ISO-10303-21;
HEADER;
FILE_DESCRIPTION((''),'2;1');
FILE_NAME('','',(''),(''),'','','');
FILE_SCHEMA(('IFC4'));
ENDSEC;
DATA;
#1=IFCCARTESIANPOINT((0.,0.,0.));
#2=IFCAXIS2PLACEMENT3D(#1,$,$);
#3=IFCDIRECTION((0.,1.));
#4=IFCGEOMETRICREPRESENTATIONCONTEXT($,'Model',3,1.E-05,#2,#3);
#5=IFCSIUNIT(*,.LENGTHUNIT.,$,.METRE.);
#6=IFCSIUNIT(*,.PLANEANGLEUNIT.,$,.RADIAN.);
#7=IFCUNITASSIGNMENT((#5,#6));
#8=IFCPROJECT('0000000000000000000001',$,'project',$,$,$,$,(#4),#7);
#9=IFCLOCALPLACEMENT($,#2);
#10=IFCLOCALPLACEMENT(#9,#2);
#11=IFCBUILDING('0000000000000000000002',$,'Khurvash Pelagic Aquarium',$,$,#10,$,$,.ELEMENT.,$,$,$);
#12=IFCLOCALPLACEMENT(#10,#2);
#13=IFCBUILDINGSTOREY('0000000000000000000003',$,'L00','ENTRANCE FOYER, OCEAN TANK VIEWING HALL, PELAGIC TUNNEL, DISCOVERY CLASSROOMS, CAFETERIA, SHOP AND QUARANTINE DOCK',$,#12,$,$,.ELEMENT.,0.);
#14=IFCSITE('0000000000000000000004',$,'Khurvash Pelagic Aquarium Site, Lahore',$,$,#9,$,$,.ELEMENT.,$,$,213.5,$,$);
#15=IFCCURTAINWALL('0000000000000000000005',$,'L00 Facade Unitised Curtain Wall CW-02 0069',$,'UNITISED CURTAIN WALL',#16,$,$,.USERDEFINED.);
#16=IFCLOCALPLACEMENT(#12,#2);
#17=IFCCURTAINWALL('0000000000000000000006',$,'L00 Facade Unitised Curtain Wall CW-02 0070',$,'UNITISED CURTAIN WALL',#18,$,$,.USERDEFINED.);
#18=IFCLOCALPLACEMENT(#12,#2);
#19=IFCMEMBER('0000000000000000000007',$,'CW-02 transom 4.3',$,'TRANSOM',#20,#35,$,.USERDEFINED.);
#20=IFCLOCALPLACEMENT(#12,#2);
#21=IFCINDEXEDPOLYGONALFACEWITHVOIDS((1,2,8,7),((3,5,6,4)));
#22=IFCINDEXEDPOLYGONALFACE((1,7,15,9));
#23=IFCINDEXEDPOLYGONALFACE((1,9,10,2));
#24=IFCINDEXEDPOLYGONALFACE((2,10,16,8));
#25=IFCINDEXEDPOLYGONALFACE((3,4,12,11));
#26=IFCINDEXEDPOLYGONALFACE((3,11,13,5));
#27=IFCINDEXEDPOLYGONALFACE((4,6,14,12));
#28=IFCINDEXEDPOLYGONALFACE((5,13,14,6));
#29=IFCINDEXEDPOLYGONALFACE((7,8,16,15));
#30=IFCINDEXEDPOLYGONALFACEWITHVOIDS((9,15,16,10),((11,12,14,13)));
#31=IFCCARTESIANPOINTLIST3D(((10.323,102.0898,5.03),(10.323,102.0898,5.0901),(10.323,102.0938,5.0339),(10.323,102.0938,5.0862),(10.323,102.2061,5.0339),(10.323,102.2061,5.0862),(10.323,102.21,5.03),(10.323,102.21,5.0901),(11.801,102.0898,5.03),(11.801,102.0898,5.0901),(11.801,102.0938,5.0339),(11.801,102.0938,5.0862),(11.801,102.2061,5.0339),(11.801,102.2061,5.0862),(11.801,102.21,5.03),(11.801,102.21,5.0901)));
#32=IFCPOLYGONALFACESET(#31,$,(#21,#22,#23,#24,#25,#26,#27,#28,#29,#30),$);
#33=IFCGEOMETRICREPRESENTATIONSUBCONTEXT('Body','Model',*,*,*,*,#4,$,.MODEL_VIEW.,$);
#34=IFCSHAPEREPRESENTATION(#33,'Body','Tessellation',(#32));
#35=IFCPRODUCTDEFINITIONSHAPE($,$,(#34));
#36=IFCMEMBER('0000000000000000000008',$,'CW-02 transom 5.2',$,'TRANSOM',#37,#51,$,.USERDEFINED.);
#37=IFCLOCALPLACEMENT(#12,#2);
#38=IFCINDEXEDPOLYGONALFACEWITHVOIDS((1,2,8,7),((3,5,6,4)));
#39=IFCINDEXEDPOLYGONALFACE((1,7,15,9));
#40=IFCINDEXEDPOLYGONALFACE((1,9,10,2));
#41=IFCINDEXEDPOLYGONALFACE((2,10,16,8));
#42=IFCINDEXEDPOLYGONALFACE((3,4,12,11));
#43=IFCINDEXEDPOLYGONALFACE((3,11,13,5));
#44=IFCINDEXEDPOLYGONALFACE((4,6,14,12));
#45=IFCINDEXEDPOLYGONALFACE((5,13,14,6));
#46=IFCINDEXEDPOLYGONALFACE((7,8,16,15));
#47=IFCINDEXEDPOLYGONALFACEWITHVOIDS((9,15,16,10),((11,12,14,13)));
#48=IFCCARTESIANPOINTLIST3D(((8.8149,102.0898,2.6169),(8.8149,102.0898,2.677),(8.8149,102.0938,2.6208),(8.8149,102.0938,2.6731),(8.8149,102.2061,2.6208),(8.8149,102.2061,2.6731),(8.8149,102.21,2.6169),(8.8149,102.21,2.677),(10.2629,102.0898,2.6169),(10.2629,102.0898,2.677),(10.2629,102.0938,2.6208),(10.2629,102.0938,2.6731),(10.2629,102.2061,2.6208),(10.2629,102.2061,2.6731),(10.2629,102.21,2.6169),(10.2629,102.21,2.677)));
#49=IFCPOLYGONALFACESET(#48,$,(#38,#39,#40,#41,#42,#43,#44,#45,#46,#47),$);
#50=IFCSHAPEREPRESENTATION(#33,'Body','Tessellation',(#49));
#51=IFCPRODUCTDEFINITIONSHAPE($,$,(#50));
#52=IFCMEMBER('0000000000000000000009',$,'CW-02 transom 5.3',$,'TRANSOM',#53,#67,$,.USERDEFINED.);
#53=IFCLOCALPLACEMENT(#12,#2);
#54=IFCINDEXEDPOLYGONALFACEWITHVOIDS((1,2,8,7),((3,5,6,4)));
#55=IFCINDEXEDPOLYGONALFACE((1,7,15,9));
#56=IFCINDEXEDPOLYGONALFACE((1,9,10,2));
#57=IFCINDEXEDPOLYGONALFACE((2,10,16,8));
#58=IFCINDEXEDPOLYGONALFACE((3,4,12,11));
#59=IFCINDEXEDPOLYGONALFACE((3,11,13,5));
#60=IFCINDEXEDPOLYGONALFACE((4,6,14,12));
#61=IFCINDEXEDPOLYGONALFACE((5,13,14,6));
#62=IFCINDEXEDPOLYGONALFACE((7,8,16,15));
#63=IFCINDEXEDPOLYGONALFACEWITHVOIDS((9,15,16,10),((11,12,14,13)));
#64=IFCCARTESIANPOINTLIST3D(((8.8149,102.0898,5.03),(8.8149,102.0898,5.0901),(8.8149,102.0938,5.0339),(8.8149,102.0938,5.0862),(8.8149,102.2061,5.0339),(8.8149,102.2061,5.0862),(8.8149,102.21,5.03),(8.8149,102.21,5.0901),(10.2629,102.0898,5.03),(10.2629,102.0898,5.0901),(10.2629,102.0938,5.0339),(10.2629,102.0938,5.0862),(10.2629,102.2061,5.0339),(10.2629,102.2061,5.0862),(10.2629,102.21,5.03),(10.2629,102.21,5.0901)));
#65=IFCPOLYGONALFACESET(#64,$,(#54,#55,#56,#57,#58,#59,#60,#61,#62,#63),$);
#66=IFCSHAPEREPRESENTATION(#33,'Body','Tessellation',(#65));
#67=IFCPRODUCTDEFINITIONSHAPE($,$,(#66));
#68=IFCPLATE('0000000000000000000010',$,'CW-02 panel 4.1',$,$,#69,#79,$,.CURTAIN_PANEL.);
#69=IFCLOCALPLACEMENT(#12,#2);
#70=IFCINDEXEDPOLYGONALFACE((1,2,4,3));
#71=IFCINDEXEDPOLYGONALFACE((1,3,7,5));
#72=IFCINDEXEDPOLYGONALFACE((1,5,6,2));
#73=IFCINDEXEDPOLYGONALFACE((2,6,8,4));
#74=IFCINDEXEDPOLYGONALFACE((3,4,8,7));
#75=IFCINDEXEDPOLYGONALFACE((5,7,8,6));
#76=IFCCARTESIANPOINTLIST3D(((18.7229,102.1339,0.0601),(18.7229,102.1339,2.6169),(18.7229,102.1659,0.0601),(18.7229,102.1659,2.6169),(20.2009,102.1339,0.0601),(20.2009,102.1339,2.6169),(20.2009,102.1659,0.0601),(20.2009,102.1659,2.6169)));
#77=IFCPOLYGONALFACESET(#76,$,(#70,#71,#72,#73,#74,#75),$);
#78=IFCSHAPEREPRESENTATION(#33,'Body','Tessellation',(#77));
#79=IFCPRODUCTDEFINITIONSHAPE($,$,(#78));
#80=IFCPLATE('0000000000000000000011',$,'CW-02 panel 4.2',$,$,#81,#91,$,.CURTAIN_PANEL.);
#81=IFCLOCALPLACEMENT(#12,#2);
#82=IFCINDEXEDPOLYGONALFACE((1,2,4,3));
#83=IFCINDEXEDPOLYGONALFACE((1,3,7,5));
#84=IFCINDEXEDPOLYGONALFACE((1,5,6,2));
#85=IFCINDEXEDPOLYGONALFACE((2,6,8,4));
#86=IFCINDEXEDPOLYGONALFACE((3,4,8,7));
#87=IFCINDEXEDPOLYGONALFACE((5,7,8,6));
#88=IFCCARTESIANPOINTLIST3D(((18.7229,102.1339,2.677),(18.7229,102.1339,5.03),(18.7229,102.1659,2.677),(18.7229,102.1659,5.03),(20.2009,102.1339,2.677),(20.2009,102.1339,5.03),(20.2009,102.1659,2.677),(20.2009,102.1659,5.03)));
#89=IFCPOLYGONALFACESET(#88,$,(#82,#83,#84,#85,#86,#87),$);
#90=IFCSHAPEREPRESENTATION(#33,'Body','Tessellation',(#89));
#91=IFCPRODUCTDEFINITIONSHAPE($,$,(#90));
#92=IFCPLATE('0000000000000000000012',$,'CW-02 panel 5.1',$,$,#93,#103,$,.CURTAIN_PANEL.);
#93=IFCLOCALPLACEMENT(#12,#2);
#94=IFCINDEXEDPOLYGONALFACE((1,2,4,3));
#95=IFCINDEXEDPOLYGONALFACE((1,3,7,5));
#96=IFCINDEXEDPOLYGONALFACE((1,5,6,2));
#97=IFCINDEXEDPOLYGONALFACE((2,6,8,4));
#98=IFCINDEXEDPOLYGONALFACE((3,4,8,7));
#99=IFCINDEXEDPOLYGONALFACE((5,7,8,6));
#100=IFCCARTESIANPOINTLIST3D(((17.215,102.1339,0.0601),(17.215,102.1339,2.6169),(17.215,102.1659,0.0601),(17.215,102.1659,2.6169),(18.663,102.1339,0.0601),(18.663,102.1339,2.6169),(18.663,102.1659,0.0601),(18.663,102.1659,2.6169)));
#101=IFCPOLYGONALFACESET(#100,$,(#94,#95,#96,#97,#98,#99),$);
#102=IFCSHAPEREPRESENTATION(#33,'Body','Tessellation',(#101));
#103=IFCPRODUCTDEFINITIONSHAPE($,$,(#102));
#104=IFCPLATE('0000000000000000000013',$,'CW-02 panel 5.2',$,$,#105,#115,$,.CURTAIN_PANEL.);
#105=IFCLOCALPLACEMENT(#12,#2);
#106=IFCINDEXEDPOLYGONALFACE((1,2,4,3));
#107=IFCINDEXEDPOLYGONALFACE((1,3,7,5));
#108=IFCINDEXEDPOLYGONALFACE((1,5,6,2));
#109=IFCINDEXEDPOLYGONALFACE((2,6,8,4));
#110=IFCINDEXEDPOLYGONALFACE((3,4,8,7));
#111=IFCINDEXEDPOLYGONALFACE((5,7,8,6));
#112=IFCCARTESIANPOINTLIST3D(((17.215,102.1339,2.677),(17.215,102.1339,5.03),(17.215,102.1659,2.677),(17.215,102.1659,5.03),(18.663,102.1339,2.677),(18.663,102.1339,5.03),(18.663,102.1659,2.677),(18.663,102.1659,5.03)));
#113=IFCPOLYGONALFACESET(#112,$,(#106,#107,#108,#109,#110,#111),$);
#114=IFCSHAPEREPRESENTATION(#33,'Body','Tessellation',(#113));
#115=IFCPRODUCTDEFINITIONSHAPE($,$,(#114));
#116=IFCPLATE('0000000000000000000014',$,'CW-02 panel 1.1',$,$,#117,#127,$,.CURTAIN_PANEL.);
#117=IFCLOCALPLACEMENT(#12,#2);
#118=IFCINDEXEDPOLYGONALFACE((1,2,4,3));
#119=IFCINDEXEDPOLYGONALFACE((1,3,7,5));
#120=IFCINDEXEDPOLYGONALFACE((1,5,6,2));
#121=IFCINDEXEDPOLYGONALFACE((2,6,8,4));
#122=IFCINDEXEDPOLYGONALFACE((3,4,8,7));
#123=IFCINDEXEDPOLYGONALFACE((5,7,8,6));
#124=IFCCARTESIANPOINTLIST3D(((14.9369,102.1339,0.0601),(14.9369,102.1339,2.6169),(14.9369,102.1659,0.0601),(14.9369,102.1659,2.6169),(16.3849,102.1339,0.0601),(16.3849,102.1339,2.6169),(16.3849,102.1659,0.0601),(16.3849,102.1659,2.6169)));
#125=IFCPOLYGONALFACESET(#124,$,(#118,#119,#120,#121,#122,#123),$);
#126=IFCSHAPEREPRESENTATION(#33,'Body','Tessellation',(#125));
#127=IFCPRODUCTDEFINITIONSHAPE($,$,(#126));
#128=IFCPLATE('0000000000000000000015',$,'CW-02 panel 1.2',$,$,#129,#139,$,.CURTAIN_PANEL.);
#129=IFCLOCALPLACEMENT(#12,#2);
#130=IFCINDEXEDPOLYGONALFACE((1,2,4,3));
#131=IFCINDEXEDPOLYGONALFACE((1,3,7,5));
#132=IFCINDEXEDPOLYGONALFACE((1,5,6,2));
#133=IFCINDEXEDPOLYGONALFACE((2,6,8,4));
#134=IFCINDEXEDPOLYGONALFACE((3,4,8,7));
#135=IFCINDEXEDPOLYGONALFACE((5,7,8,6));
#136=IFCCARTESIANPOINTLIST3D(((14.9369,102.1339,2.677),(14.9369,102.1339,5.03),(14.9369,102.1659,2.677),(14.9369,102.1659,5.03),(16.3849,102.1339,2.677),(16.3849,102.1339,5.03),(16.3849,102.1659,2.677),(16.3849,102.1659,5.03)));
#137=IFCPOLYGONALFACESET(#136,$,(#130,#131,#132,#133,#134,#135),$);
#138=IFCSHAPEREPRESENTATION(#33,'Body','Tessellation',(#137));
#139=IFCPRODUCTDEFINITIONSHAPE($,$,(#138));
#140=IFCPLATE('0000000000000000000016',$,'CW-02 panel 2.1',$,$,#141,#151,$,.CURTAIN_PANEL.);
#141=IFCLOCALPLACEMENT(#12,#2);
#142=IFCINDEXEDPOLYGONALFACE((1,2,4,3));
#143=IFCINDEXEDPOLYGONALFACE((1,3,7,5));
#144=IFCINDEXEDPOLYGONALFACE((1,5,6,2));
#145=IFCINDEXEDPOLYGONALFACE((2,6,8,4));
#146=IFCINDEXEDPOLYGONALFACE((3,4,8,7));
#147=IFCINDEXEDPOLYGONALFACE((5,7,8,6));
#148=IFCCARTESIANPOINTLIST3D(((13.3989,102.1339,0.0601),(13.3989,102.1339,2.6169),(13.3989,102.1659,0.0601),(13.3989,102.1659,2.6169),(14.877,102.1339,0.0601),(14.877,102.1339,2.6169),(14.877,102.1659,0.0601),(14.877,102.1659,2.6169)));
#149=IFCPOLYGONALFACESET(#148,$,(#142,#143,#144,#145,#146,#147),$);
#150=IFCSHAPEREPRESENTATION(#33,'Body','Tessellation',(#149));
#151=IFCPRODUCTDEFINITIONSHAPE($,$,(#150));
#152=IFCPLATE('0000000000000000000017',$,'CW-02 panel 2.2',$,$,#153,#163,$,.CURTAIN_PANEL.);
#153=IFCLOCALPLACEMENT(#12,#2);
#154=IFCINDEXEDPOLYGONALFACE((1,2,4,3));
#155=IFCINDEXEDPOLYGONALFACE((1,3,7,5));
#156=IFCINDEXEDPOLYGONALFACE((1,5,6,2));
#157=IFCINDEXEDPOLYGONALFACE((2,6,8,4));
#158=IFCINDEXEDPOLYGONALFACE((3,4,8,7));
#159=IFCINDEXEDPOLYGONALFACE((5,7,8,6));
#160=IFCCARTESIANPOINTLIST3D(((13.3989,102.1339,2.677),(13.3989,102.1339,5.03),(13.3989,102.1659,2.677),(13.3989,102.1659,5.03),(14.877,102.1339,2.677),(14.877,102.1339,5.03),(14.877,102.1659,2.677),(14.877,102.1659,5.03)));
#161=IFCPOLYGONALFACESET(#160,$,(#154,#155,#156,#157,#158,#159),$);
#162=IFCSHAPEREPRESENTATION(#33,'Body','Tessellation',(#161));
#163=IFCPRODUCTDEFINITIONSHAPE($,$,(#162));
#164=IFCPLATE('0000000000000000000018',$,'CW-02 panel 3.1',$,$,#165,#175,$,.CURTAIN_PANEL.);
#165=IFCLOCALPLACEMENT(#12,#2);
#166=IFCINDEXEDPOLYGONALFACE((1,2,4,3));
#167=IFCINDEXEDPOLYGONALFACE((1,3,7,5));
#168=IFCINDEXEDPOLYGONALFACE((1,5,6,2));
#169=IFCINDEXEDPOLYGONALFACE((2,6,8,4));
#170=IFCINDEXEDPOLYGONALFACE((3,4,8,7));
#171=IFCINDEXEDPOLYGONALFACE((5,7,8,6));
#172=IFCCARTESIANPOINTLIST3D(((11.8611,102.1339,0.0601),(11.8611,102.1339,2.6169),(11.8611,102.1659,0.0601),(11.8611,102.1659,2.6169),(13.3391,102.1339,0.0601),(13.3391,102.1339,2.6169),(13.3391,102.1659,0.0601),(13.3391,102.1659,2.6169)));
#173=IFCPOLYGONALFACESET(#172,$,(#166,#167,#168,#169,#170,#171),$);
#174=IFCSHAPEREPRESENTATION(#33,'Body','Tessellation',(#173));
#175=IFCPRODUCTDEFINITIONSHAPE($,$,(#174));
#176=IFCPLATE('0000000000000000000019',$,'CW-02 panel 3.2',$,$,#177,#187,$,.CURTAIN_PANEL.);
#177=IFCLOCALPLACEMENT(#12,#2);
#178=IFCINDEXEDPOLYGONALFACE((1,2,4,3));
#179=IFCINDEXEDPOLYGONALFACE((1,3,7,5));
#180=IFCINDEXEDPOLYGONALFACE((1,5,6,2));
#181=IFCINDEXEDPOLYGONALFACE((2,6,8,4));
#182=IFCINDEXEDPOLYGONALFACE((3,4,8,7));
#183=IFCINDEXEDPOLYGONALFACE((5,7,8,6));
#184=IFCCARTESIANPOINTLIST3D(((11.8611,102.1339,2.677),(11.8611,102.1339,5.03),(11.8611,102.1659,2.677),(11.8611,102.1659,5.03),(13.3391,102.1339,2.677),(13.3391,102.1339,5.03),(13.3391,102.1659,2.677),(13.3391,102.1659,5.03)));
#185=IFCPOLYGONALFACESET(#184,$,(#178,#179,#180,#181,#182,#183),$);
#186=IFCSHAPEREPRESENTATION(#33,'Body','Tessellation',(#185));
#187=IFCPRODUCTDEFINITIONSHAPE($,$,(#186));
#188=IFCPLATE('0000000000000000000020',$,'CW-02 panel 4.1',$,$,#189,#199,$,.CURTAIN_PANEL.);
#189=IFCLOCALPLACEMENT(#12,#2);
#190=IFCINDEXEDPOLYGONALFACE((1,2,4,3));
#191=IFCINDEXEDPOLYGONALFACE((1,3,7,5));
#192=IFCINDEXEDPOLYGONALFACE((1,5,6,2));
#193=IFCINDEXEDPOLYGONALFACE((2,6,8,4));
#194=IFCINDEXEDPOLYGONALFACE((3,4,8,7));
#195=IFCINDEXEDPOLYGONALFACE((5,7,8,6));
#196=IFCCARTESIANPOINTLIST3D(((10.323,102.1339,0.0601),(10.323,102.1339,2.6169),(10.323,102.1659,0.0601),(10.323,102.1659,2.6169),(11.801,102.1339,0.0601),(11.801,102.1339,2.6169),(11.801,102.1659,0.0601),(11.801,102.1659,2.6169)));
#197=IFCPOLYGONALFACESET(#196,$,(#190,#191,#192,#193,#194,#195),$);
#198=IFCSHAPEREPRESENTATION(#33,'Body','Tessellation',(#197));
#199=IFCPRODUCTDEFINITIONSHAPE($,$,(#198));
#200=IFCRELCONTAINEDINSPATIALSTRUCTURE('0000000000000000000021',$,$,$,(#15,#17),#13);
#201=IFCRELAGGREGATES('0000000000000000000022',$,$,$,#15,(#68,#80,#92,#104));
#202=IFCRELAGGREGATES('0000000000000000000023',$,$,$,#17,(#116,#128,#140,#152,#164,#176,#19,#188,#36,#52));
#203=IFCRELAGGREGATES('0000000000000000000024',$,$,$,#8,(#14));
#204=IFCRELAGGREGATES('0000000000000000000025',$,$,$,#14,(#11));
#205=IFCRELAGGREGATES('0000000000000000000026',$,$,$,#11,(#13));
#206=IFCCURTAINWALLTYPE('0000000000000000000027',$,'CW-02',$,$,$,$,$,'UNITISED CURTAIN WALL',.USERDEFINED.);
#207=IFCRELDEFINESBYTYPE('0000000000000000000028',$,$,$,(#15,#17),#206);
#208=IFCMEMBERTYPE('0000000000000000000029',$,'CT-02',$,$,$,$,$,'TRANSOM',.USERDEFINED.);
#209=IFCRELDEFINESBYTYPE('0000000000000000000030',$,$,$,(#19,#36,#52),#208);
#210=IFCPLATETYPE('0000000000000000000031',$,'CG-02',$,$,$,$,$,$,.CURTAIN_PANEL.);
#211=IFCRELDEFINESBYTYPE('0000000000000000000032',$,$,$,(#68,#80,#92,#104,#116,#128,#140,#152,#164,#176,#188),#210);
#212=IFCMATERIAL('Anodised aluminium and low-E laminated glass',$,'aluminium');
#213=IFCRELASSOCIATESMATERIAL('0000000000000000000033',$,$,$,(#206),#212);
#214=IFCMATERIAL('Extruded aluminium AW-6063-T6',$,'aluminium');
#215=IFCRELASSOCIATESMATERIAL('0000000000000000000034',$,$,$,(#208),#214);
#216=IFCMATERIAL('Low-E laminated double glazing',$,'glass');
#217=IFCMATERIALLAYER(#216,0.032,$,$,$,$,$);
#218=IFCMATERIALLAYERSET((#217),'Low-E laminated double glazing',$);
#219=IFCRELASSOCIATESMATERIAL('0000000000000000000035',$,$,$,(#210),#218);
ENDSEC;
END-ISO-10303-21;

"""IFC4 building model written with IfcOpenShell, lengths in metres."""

from ifc_helpers import new_model, si_unit, direction, frame, origin, origin_2d, place, context, subcontext, project, spatial, rectangle, hollow_rectangle, extrude, material, layer, layer_set, material_profile, profile_set, type_object, element, aggregate, save


model = new_model("IFC4")

# Units and contexts
model_context = context("Model", 3, precision=1e-05, world=origin(), true_north=direction((0.0, 1.0)))
body_context = subcontext(model_context, "Body", "Model", "MODEL_VIEW")
ifc_project = project(units=[si_unit("LENGTHUNIT", "METRE"), si_unit("PLANEANGLEUNIT", "RADIAN")], contexts=[model_context])

# Site, building, storey
site_placement = place(None, origin())
site = spatial("IfcSite", under=ifc_project, at=site_placement, Name="Khurvash Pelagic Aquarium Site, Lahore", CompositionType="ELEMENT", RefElevation=213.5)
building_placement = place(site_placement, origin())
building = spatial("IfcBuilding", under=site, at=building_placement, Name="Khurvash Pelagic Aquarium", CompositionType="ELEMENT")
storey_placement = place(building_placement, origin())
storey = spatial("IfcBuildingStorey", under=building, at=storey_placement, Name="L00", Description="ENTRANCE FOYER, OCEAN TANK VIEWING HALL, PELAGIC TUNNEL, DISCOVERY CLASSROOMS, CAFETERIA, SHOP AND QUARANTINE DOCK", CompositionType="ELEMENT", Elevation=0.0)

# Curtain walls
ifc_material_1 = material(Name="Anodised aluminium and low-E laminated glass", Category="aluminium")
curtain_wall_type = type_object("IfcCurtainWallType", Name="CW-02", ElementType="UNITISED CURTAIN WALL", PredefinedType="USERDEFINED", material=ifc_material_1)
curtain_wall_1_placement = place(storey_placement, origin())
curtain_wall_1 = element("IfcCurtainWall", 1, at=curtain_wall_1_placement, inside=storey, type_object=curtain_wall_type, Name="L00 Facade Unitised Curtain Wall CW-02 0069", ObjectType="UNITISED CURTAIN WALL", PredefinedType="USERDEFINED")
ifc_material_2 = material(Name="Extruded aluminium AW-6063-T6", Category="aluminium")
curtain_wall_2_placement = place(storey_placement, origin())
curtain_wall_2 = element("IfcCurtainWall", 2, at=curtain_wall_2_placement, inside=storey, type_object=curtain_wall_type, Name="L00 Facade Unitised Curtain Wall CW-02 0070", ObjectType="UNITISED CURTAIN WALL", PredefinedType="USERDEFINED")

# Members
ifc_material_profile_1 = material_profile(ifc_material_2, hollow_rectangle(XDim=0.1201, YDim=0.0601, WallThickness=0.0039, at=origin_2d()), Name="CWT120X60X4")
ifc_profile_set_1 = profile_set([ifc_material_profile_1], Name="Extruded aluminium AW-6063-T6")
member_type_1 = type_object("IfcMemberType", Name="CT-02", ElementType="TRANSOM", PredefinedType="USERDEFINED", material=ifc_profile_set_1)
member_1_placement = place(storey_placement, frame((11.801, 102.1499, 5.0601), z_axis=(-1.0, 0.0, 0.0), x_axis=(0.0, -1.0, 0.0)))
member_1 = element("IfcMember", 3, at=member_1_placement, type_object=member_type_1, Name="CW-02 transom 4.3", ObjectType="TRANSOM", PredefinedType="USERDEFINED", context=body_context, shape_type="SweptSolid", body=[
    extrude(hollow_rectangle(XDim=0.1201, YDim=0.0601, WallThickness=0.0039, at=origin_2d()), origin(), (0.0, 0.0, 1.0), 1.478),
])
member_2_placement = place(storey_placement, frame((10.2629, 102.1499, 2.647), z_axis=(-1.0, 0.0, 0.0), x_axis=(0.0, -1.0, 0.0)))
member_2 = element("IfcMember", 4, at=member_2_placement, type_object=member_type_1, Name="CW-02 transom 5.2", ObjectType="TRANSOM", PredefinedType="USERDEFINED", context=body_context, shape_type="SweptSolid", body=[
    extrude(hollow_rectangle(XDim=0.1201, YDim=0.0601, WallThickness=0.0039, at=origin_2d()), origin(), (0.0, 0.0, 1.0), 1.448),
])
member_3_placement = place(storey_placement, frame((10.2629, 102.1499, 5.0601), z_axis=(-1.0, 0.0, 0.0), x_axis=(0.0, -1.0, 0.0)))
member_3 = element("IfcMember", 5, at=member_3_placement, type_object=member_type_1, Name="CW-02 transom 5.3", ObjectType="TRANSOM", PredefinedType="USERDEFINED", context=body_context, shape_type="SweptSolid", body=[
    extrude(hollow_rectangle(XDim=0.1201, YDim=0.0601, WallThickness=0.0039, at=origin_2d()), origin(), (0.0, 0.0, 1.0), 1.448),
])

# Plates
ifc_material_3 = material(Name="Low-E laminated double glazing", Category="glass")
ifc_layer = layer(ifc_material_3, 0.032)
ifc_layer_set = layer_set([ifc_layer], Name="Low-E laminated double glazing")
plate_type = type_object("IfcPlateType", Name="CG-02", PredefinedType="CURTAIN_PANEL", material=ifc_layer_set)
plate_1_placement = place(storey_placement, frame((19.4619, 102.1499, 0.0601), z_axis=(0.0, 0.0, 1.0), x_axis=(-1.0, 0.0, 0.0)))
plate_1 = element("IfcPlate", 6, at=plate_1_placement, type_object=plate_type, Name="CW-02 panel 4.1", PredefinedType="CURTAIN_PANEL", context=body_context, shape_type="SweptSolid", body=[
    extrude(rectangle(XDim=1.478, YDim=0.032, at=origin_2d()), origin(), (0.0, 0.0, 1.0), 2.5569),
])
plate_2_placement = place(storey_placement, frame((19.4619, 102.1499, 2.677), z_axis=(0.0, 0.0, 1.0), x_axis=(-1.0, 0.0, 0.0)))
plate_2 = element("IfcPlate", 7, at=plate_2_placement, type_object=plate_type, Name="CW-02 panel 4.2", PredefinedType="CURTAIN_PANEL", context=body_context, shape_type="SweptSolid", body=[
    extrude(rectangle(XDim=1.478, YDim=0.032, at=origin_2d()), origin(), (0.0, 0.0, 1.0), 2.353),
])
plate_3_placement = place(storey_placement, frame((17.939, 102.1499, 0.0601), z_axis=(0.0, 0.0, 1.0), x_axis=(-1.0, 0.0, 0.0)))
plate_3 = element("IfcPlate", 8, at=plate_3_placement, type_object=plate_type, Name="CW-02 panel 5.1", PredefinedType="CURTAIN_PANEL", context=body_context, shape_type="SweptSolid", body=[
    extrude(rectangle(XDim=1.448, YDim=0.032, at=origin_2d()), origin(), (0.0, 0.0, 1.0), 2.5569),
])
plate_4_placement = place(storey_placement, frame((17.939, 102.1499, 2.677), z_axis=(0.0, 0.0, 1.0), x_axis=(-1.0, 0.0, 0.0)))
plate_4 = element("IfcPlate", 9, at=plate_4_placement, type_object=plate_type, Name="CW-02 panel 5.2", PredefinedType="CURTAIN_PANEL", context=body_context, shape_type="SweptSolid", body=[
    extrude(rectangle(XDim=1.448, YDim=0.032, at=origin_2d()), origin(), (0.0, 0.0, 1.0), 2.353),
])
aggregate(curtain_wall_1, [plate_1, plate_2, plate_3, plate_4])
plate_5_placement = place(storey_placement, frame((15.6609, 102.1499, 0.0601), z_axis=(0.0, 0.0, 1.0), x_axis=(-1.0, 0.0, 0.0)))
plate_5 = element("IfcPlate", 10, at=plate_5_placement, type_object=plate_type, Name="CW-02 panel 1.1", PredefinedType="CURTAIN_PANEL", context=body_context, shape_type="SweptSolid", body=[
    extrude(rectangle(XDim=1.448, YDim=0.032, at=origin_2d()), origin(), (0.0, 0.0, 1.0), 2.5569),
])
plate_6_placement = place(storey_placement, frame((15.6609, 102.1499, 2.677), z_axis=(0.0, 0.0, 1.0), x_axis=(-1.0, 0.0, 0.0)))
plate_6 = element("IfcPlate", 11, at=plate_6_placement, type_object=plate_type, Name="CW-02 panel 1.2", PredefinedType="CURTAIN_PANEL", context=body_context, shape_type="SweptSolid", body=[
    extrude(rectangle(XDim=1.448, YDim=0.032, at=origin_2d()), origin(), (0.0, 0.0, 1.0), 2.353),
])
plate_7_placement = place(storey_placement, frame((14.1379, 102.1499, 0.0601), z_axis=(0.0, 0.0, 1.0), x_axis=(-1.0, 0.0, 0.0)))
plate_7 = element("IfcPlate", 12, at=plate_7_placement, type_object=plate_type, Name="CW-02 panel 2.1", PredefinedType="CURTAIN_PANEL", context=body_context, shape_type="SweptSolid", body=[
    extrude(rectangle(XDim=1.478, YDim=0.032, at=origin_2d()), origin(), (0.0, 0.0, 1.0), 2.5569),
])
plate_8_placement = place(storey_placement, frame((14.1379, 102.1499, 2.677), z_axis=(0.0, 0.0, 1.0), x_axis=(-1.0, 0.0, 0.0)))
plate_8 = element("IfcPlate", 13, at=plate_8_placement, type_object=plate_type, Name="CW-02 panel 2.2", PredefinedType="CURTAIN_PANEL", context=body_context, shape_type="SweptSolid", body=[
    extrude(rectangle(XDim=1.478, YDim=0.032, at=origin_2d()), origin(), (0.0, 0.0, 1.0), 2.353),
])
plate_9_placement = place(storey_placement, frame((12.6001, 102.1499, 0.0601), z_axis=(0.0, 0.0, 1.0), x_axis=(-1.0, 0.0, 0.0)))
plate_9 = element("IfcPlate", 14, at=plate_9_placement, type_object=plate_type, Name="CW-02 panel 3.1", PredefinedType="CURTAIN_PANEL", context=body_context, shape_type="SweptSolid", body=[
    extrude(rectangle(XDim=1.478, YDim=0.032, at=origin_2d()), origin(), (0.0, 0.0, 1.0), 2.5569),
])
plate_10_placement = place(storey_placement, frame((12.6001, 102.1499, 2.677), z_axis=(0.0, 0.0, 1.0), x_axis=(-1.0, 0.0, 0.0)))
plate_10 = element("IfcPlate", 15, at=plate_10_placement, type_object=plate_type, Name="CW-02 panel 3.2", PredefinedType="CURTAIN_PANEL", context=body_context, shape_type="SweptSolid", body=[
    extrude(rectangle(XDim=1.478, YDim=0.032, at=origin_2d()), origin(), (0.0, 0.0, 1.0), 2.353),
])
plate_11_placement = place(storey_placement, frame((11.062, 102.1499, 0.0601), z_axis=(0.0, 0.0, 1.0), x_axis=(-1.0, 0.0, 0.0)))
plate_11 = element("IfcPlate", 16, at=plate_11_placement, type_object=plate_type, Name="CW-02 panel 4.1", PredefinedType="CURTAIN_PANEL", context=body_context, shape_type="SweptSolid", body=[
    extrude(rectangle(XDim=1.478, YDim=0.032, at=origin_2d()), origin(), (0.0, 0.0, 1.0), 2.5569),
])
aggregate(curtain_wall_2, [plate_5, plate_6, plate_7, plate_8, plate_9, plate_10, member_1, plate_11, member_2, member_3])

save(model, "model.ifc")
